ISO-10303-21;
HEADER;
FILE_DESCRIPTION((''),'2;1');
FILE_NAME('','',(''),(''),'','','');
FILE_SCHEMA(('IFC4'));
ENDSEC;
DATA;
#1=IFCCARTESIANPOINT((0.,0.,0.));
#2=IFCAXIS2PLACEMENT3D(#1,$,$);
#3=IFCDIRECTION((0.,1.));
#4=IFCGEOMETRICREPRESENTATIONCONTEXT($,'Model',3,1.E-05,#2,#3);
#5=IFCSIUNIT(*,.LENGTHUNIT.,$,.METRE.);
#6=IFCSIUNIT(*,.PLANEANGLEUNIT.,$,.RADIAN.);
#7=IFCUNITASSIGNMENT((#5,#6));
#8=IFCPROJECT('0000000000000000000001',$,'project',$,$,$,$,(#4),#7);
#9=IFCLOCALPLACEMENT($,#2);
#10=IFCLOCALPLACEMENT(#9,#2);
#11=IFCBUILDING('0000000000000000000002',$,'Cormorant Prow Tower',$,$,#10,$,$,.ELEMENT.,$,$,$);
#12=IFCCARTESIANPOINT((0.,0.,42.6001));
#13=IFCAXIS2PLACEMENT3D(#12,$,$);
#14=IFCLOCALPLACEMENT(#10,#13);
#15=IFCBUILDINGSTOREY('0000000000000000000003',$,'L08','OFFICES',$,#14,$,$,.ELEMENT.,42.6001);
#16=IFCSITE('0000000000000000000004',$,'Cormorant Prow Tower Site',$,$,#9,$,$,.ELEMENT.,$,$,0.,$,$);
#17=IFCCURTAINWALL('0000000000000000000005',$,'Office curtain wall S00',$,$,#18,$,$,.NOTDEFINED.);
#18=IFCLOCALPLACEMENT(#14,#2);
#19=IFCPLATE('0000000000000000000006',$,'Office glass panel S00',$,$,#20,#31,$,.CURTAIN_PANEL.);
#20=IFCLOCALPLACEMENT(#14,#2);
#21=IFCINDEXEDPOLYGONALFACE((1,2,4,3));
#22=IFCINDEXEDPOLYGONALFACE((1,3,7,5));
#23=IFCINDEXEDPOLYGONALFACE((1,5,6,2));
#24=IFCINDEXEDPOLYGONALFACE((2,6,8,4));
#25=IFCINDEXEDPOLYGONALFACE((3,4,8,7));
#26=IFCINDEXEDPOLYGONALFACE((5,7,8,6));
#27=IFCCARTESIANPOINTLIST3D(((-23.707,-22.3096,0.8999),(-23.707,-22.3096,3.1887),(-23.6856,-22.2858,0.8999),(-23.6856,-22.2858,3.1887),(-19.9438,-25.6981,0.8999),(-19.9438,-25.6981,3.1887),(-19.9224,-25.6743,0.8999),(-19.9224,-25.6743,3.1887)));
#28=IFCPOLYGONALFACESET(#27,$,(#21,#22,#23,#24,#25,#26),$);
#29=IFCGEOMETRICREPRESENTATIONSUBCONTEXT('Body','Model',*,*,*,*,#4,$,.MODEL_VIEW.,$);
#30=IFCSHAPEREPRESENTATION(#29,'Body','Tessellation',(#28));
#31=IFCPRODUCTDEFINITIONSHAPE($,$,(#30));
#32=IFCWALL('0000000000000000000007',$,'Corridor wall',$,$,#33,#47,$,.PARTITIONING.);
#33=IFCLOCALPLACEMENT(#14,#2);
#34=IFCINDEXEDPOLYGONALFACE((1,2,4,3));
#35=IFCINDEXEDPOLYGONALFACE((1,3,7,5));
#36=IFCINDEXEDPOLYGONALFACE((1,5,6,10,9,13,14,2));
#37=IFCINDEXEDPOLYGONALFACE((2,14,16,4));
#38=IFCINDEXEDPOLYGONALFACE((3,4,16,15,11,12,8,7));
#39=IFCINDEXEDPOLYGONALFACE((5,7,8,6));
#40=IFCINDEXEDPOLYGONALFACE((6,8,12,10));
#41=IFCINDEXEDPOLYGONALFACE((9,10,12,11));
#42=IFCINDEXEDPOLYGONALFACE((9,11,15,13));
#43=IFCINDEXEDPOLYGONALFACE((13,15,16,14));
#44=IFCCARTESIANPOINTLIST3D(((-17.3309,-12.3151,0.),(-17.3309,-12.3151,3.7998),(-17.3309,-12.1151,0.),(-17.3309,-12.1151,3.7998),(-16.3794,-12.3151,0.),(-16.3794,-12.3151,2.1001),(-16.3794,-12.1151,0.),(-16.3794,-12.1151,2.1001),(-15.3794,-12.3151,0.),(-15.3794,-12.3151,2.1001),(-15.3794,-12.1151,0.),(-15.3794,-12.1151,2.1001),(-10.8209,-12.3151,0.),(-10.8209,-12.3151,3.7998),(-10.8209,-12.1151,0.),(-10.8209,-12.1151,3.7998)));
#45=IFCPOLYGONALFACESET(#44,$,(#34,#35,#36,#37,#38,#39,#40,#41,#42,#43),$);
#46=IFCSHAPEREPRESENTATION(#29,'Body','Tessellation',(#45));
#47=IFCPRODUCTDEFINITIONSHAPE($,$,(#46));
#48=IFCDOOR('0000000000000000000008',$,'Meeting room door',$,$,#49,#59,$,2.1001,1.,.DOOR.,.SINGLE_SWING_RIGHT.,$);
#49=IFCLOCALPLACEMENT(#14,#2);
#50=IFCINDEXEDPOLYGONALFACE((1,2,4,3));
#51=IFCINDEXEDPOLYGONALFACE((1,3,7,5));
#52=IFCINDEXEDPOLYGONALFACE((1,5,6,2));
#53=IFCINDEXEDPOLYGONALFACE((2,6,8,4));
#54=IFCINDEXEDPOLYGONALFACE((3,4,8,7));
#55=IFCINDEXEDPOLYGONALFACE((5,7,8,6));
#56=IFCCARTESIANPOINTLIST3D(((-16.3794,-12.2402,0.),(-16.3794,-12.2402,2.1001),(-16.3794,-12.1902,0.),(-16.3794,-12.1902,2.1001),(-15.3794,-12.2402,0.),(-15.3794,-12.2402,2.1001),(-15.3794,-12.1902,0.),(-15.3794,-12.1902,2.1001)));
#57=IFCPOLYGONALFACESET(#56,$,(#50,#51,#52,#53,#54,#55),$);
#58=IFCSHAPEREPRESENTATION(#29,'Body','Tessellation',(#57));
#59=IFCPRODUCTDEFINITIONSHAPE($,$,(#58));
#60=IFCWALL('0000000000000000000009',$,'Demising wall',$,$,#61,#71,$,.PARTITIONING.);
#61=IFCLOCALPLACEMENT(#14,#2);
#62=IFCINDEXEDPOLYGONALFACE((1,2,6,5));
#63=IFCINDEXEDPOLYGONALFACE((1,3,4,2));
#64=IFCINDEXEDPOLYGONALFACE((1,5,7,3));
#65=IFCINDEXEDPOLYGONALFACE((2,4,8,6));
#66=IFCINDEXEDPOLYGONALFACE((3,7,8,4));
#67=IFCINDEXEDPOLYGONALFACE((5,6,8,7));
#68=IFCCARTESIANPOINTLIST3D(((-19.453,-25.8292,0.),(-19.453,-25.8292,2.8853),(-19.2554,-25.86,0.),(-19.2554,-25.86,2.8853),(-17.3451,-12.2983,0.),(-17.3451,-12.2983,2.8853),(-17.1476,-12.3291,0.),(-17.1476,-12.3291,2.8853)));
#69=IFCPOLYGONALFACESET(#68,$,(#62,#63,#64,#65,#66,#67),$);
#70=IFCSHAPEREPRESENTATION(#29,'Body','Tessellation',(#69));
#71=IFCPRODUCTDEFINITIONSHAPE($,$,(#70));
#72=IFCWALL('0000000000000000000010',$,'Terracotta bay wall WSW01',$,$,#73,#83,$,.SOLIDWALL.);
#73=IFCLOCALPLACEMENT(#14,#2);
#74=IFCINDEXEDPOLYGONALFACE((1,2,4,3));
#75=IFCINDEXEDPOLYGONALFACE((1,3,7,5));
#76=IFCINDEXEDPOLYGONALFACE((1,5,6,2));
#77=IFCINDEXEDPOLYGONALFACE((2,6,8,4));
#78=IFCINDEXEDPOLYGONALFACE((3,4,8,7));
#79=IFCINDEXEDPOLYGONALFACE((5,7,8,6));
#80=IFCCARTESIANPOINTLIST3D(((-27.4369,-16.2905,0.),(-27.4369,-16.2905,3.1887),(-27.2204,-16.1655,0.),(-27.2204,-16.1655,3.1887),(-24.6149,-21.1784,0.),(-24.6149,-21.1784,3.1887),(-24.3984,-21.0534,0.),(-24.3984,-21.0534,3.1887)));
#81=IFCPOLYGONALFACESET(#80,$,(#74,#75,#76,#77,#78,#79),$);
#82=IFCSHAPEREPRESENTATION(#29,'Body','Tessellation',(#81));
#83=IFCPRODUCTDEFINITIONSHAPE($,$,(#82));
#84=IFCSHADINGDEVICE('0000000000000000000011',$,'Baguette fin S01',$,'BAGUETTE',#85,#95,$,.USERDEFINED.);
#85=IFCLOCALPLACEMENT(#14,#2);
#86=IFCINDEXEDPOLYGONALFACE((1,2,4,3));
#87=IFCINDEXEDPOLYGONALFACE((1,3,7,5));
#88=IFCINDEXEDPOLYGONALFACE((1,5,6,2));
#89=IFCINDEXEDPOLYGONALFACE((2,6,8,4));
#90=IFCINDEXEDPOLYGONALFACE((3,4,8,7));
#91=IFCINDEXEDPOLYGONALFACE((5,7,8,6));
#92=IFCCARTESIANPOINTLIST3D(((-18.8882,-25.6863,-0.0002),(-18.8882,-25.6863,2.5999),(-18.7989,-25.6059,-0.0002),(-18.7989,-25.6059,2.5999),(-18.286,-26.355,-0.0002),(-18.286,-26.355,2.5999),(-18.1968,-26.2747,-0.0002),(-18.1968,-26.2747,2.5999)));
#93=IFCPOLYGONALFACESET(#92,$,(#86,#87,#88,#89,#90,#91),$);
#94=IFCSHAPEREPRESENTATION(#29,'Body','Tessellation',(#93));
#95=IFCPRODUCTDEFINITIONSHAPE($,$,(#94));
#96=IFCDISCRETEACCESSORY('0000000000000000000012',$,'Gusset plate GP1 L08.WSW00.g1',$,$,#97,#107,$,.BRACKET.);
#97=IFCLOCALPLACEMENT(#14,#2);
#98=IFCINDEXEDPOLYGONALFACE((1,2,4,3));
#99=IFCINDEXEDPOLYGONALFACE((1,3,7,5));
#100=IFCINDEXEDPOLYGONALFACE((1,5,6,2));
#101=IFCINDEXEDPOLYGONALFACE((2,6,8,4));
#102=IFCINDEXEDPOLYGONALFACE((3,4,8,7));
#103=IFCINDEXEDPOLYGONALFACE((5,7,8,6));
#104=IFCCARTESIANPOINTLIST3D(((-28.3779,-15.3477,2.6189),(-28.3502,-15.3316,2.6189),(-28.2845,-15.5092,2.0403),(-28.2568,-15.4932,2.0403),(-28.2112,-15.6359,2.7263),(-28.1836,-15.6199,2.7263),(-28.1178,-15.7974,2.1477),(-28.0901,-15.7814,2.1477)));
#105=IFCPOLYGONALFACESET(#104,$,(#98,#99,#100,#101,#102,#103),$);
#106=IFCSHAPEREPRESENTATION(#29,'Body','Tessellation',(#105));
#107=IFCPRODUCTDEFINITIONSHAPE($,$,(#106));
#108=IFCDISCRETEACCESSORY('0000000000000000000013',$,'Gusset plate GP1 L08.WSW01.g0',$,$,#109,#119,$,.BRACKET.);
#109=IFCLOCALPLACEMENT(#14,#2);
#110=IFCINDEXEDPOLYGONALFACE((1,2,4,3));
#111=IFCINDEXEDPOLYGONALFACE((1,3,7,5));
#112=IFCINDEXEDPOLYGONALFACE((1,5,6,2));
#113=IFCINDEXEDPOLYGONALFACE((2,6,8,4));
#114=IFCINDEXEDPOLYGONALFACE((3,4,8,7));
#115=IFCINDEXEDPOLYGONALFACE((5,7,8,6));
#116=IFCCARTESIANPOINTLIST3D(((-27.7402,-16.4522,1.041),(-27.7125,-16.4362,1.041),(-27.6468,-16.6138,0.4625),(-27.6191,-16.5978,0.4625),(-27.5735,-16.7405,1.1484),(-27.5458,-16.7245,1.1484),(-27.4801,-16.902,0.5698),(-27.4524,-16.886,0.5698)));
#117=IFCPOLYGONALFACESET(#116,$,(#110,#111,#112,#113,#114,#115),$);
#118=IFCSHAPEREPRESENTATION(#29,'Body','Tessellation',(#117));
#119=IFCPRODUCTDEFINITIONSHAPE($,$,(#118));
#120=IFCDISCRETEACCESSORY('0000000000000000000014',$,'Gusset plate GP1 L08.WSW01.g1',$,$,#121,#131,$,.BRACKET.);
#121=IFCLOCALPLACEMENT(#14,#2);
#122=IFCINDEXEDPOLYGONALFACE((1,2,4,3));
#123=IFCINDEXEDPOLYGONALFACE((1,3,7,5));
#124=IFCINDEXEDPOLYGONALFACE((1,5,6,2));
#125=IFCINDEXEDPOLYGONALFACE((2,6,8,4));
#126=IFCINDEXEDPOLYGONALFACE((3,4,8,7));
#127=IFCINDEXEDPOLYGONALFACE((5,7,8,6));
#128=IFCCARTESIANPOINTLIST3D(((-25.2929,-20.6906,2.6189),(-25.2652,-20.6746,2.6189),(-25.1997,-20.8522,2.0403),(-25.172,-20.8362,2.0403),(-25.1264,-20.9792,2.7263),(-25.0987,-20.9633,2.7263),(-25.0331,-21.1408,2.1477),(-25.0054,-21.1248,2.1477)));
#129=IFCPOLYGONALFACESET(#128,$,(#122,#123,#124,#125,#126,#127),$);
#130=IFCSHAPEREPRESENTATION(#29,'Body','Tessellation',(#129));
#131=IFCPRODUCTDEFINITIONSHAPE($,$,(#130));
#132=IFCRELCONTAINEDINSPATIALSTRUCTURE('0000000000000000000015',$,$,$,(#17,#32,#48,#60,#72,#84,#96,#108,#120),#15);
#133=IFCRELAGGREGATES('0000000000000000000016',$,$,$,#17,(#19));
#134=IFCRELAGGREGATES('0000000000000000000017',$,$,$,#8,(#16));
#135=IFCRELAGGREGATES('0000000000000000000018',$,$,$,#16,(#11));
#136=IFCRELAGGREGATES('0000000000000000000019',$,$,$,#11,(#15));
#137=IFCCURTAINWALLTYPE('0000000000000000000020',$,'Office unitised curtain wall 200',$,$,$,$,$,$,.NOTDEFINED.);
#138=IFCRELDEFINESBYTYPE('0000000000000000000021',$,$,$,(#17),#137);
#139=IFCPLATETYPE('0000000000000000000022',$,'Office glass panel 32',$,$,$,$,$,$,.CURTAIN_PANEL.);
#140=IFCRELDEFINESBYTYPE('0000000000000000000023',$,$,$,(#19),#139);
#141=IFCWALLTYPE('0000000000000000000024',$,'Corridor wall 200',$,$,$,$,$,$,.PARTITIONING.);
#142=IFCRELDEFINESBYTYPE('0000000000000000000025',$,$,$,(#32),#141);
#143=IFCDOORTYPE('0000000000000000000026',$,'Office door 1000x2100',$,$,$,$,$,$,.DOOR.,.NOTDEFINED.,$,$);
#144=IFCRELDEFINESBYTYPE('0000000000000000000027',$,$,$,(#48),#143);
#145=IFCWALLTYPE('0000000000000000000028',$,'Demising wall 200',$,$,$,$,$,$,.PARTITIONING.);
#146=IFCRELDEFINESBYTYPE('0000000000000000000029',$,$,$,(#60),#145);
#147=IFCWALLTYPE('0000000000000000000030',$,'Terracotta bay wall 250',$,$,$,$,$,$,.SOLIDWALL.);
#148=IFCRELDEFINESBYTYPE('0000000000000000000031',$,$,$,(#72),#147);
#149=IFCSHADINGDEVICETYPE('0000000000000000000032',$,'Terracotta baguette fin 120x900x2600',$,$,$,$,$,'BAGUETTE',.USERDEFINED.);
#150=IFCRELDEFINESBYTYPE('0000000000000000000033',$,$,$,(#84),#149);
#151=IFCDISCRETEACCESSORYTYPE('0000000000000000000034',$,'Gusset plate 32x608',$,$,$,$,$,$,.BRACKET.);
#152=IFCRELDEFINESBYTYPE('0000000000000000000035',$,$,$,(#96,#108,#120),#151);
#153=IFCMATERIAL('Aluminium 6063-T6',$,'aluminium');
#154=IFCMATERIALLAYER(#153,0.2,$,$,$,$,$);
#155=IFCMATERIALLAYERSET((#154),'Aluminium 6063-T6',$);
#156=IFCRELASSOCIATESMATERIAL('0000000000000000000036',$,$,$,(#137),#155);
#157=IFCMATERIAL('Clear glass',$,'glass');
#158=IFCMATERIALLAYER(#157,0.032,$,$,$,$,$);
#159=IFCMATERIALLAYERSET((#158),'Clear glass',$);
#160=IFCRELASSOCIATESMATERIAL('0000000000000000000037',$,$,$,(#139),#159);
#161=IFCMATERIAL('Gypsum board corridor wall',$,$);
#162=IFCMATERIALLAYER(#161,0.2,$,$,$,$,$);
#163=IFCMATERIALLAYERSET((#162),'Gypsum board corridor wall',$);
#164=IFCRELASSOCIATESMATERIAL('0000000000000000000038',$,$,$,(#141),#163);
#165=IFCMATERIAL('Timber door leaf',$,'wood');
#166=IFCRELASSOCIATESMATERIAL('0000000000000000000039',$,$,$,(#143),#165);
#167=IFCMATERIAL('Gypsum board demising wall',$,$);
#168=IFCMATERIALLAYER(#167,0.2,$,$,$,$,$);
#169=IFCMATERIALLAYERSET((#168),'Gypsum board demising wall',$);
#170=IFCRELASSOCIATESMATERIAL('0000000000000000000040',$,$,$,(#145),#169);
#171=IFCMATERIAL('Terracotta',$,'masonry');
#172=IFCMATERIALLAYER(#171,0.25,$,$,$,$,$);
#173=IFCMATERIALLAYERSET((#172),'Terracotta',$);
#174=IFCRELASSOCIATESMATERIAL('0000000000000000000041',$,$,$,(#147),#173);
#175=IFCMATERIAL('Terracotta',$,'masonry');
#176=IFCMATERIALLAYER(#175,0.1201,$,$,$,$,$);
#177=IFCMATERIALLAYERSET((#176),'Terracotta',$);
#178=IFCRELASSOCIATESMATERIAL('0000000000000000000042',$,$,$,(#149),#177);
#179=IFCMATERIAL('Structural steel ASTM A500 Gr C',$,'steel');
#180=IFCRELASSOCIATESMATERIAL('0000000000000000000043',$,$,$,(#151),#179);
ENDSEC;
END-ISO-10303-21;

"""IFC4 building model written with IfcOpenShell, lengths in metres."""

from ifc_helpers import new_model, si_unit, direction, frame, frame_2d, origin, origin_2d, place, context, subcontext, project, spatial, rectangle, extrude, material, layer, layer_set, material_profile, profile_set, type_object, element, fill, aggregate, save


model = new_model("IFC4")

# Units and contexts
model_context = context("Model", 3, precision=1e-05, world=origin(), true_north=direction((0.0, 1.0)))
body_context = subcontext(model_context, "Body", "Model", "MODEL_VIEW")
ifc_project = project(units=[si_unit("LENGTHUNIT", "METRE"), si_unit("PLANEANGLEUNIT", "RADIAN")], contexts=[model_context])

# Site, building, storey
site_placement = place(None, origin())
site = spatial("IfcSite", under=ifc_project, at=site_placement, Name="Cormorant Prow Tower Site", CompositionType="ELEMENT", RefElevation=0.0)
building_placement = place(site_placement, origin())
building = spatial("IfcBuilding", under=site, at=building_placement, Name="Cormorant Prow Tower", CompositionType="ELEMENT")
storey_placement = place(building_placement, frame((0.0, 0.0, 42.6001)))
storey = spatial("IfcBuildingStorey", under=building, at=storey_placement, Name="L08", Description="OFFICES", CompositionType="ELEMENT", Elevation=42.6001)

# Curtain wall
ifc_material_1 = material(Name="Aluminium 6063-T6", Category="aluminium")
ifc_layer_1 = layer(ifc_material_1, 0.2)
ifc_layer_set_1 = layer_set([ifc_layer_1], Name="Aluminium 6063-T6")
curtain_wall_type = type_object("IfcCurtainWallType", Name="Office unitised curtain wall 200", PredefinedType="NOTDEFINED", material=ifc_layer_set_1)
curtain_wall_placement = place(storey_placement, origin())
curtain_wall = element("IfcCurtainWall", 1, at=curtain_wall_placement, inside=storey, type_object=curtain_wall_type, Name="Office curtain wall S00", PredefinedType="NOTDEFINED")

# Plate
ifc_material_2 = material(Name="Clear glass", Category="glass")
ifc_layer_2 = layer(ifc_material_2, 0.032)
ifc_layer_set_2 = layer_set([ifc_layer_2], Name="Clear glass")
plate_type = type_object("IfcPlateType", Name="Office glass panel 32", PredefinedType="CURTAIN_PANEL", material=ifc_layer_set_2)
plate_placement = place(storey_placement, frame((-21.8147, -23.9919, 0.8999), z_axis=(0.0, 0.0, 1.0), x_axis=(0.743145, -0.669131, 0.0)))
plate = element("IfcPlate", 2, at=plate_placement, type_object=plate_type, Name="Office glass panel S00", PredefinedType="CURTAIN_PANEL", context=body_context, shape_type="SweptSolid", body=[
    extrude(rectangle(XDim=5.064, YDim=0.032, at=origin_2d()), origin(), (0.0, 0.0, 1.0), 2.2888),
])
aggregate(curtain_wall, [plate])

# Wall, opening, door
ifc_material_3 = material(Name="Gypsum board corridor wall")
ifc_layer_3 = layer(ifc_material_3, 0.2)
ifc_layer_set_3 = layer_set([ifc_layer_3], Name="Gypsum board corridor wall")
wall_type_1 = type_object("IfcWallType", Name="Corridor wall 200", PredefinedType="PARTITIONING", material=ifc_layer_set_3)
wall_1_placement = place(storey_placement, frame((-17.3308, -12.2151, 0.0), z_axis=(0.0, 0.0, 1.0), x_axis=(1.0, 0.0, 0.0)))
wall_1 = element("IfcWall", 3, at=wall_1_placement, inside=storey, type_object=wall_type_1, Name="Corridor wall", PredefinedType="PARTITIONING", context=body_context, shape_type="SweptSolid", body=[
    extrude(rectangle(XDim=6.51, YDim=0.2, at=frame_2d((3.2549, 0.0))), origin(), (0.0, 0.0, 1.0), 3.7998),
])
opening_1_placement = place(wall_1_placement, frame((0.9514, 0.0, 0.0)))
opening_1 = element("IfcOpeningElement", 4, at=opening_1_placement, cuts=wall_1, PredefinedType="OPENING", context=body_context, shape_type="SweptSolid", body=[
    extrude(rectangle(XDim=1.0, YDim=2.1001, at=frame_2d((0.5, 1.05))), frame((0.0, 0.1099, 0.0), z_axis=(0.0, -1.0, 0.0), x_axis=(1.0, 0.0, 0.0)), (0.0, 0.0, 1.0), 0.22),
])
ifc_material_4 = material(Name="Timber door leaf", Category="wood")
door_type_1 = type_object("IfcDoorType", Name="Office door 1000x2100", OperationType="NOTDEFINED", PredefinedType="DOOR", material=ifc_material_4)
door_1_placement = place(opening_1_placement, origin())
door_1 = element("IfcDoor", 5, at=door_1_placement, inside=storey, type_object=door_type_1, Name="Meeting room door", OperationType="SINGLE_SWING_RIGHT", OverallHeight=2.1001, OverallWidth=1.0, PredefinedType="DOOR", context=body_context, shape_type="SweptSolid", body=[
    extrude(rectangle(XDim=1.0, YDim=2.1001, at=frame_2d((0.5, 1.05))), frame((0.0, 0.0249, 0.0), z_axis=(0.0, -1.0, 0.0), x_axis=(1.0, 0.0, 0.0)), (0.0, 0.0, 1.0), 0.05),
])
fill(opening_1, door_1)

# Walls
ifc_material_5 = material(Name="Gypsum board demising wall")
ifc_layer_4 = layer(ifc_material_5, 0.2)
ifc_layer_set_4 = layer_set([ifc_layer_4], Name="Gypsum board demising wall")
wall_type_2 = type_object("IfcWallType", Name="Demising wall 200", PredefinedType="PARTITIONING", material=ifc_layer_set_4)
wall_2_placement = place(storey_placement, frame((-19.3542, -25.8447, 0.0), z_axis=(0.0, 0.0, 1.0), x_axis=(0.153927, 0.988082, 0.0)))
element("IfcWall", 6, at=wall_2_placement, inside=storey, type_object=wall_type_2, Name="Demising wall", PredefinedType="PARTITIONING", context=body_context, shape_type="SweptSolid", body=[
    extrude(rectangle(XDim=13.6941, YDim=0.2, at=frame_2d((6.8472, 0.0))), origin(), (0.0, 0.0, 1.0), 2.8853),
])
ifc_material_6 = material(Name="Terracotta", Category="masonry")
ifc_layer_5 = layer(ifc_material_6, 0.25)
ifc_layer_set_5 = layer_set([ifc_layer_5], Name="Terracotta")
wall_type_3 = type_object("IfcWallType", Name="Terracotta bay wall 250", PredefinedType="SOLIDWALL", material=ifc_layer_set_5)
wall_3_placement = place(storey_placement, frame((-27.3286, -16.228, 0.0), z_axis=(0.0, 0.0, 1.0), x_axis=(0.499996, -0.866028, 0.0)))
element("IfcWall", 7, at=wall_3_placement, inside=storey, type_object=wall_type_3, Name="Terracotta bay wall WSW01", PredefinedType="SOLIDWALL", context=body_context, shape_type="SweptSolid", body=[
    extrude(rectangle(XDim=5.644, YDim=0.25, at=frame_2d((2.822, 0.0))), origin(), (0.0, 0.0, 1.0), 3.1887),
])

# Shading device
ifc_material_7 = material(Name="Terracotta", Category="masonry")
ifc_layer_6 = layer(ifc_material_7, 0.1201)
ifc_layer_set_6 = layer_set([ifc_layer_6], Name="Terracotta")
shading_device_type = type_object("IfcShadingDeviceType", Name="Terracotta baguette fin 120x900x2600", ElementType="BAGUETTE", PredefinedType="USERDEFINED", material=ifc_layer_set_6)
shading_device_placement = place(storey_placement, frame((-18.5425, -25.9805, -0.0002), z_axis=(0.0, 0.0, 1.0), x_axis=(0.743145, 0.669131, 0.0)))
element("IfcShadingDevice", 8, at=shading_device_placement, inside=storey, type_object=shading_device_type, Name="Baguette fin S01", ObjectType="BAGUETTE", PredefinedType="USERDEFINED", context=body_context, shape_type="SweptSolid", body=[
    extrude(rectangle(XDim=0.1201, YDim=0.8999, at=origin_2d()), origin(), (0.0, 0.0, 1.0), 2.6001),
])

# Discrete accessories
ifc_material_8 = material(Name="Structural steel ASTM A500 Gr C", Category="steel")
ifc_material_profile_1 = material_profile(ifc_material_8, rectangle(XDim=0.032, YDim=0.6079, at=origin_2d()), Name="Gusset plate 32x608")
ifc_profile_set_1 = profile_set([ifc_material_profile_1], Name="Structural steel ASTM A500 Gr C")
discrete_accessory_type = type_object("IfcDiscreteAccessoryType", Name="Gusset plate 32x608", PredefinedType="BRACKET", material=ifc_profile_set_1)
for number, where, z_axis, x_axis, name in (
    (9, (-28.3174, -15.4204, 2.3296), (0.476465, -0.823872, 0.306946), (0.86566, 0.500632, 0.0), "Gusset plate GP1 L08.WSW00.g1"),
    (10, (-27.5129, -16.8132, 0.8591), (-0.476465, 0.823872, -0.306946), (-0.86566, -0.500632, 0.0), "Gusset plate GP1 L08.WSW01.g0"),
):
    element("IfcDiscreteAccessory", number, at=place(storey_placement, frame(where, z_axis=z_axis, x_axis=x_axis)), inside=storey, type_object=discrete_accessory_type, Name=name, PredefinedType="BRACKET", context=body_context, shape_type="SweptSolid", body=[
        extrude(rectangle(XDim=0.032, YDim=0.6079, at=origin_2d()), origin(), (0.0, 0.0, 1.0), 0.3499),
    ])
discrete_accessory_placement = place(storey_placement, frame((-25.2324, -20.7634, 2.3296), z_axis=(0.475652, -0.82437, 0.306872), x_axis=(0.866161, 0.499765, 0.0)))
element("IfcDiscreteAccessory", 11, at=discrete_accessory_placement, inside=storey, type_object=discrete_accessory_type, Name="Gusset plate GP1 L08.WSW01.g1", PredefinedType="BRACKET", context=body_context, shape_type="SweptSolid", body=[
    extrude(rectangle(XDim=0.032, YDim=0.6079, at=origin_2d()), origin(), (0.0, 0.0, 1.0), 0.3501),
])

save(model, "model.ifc")
